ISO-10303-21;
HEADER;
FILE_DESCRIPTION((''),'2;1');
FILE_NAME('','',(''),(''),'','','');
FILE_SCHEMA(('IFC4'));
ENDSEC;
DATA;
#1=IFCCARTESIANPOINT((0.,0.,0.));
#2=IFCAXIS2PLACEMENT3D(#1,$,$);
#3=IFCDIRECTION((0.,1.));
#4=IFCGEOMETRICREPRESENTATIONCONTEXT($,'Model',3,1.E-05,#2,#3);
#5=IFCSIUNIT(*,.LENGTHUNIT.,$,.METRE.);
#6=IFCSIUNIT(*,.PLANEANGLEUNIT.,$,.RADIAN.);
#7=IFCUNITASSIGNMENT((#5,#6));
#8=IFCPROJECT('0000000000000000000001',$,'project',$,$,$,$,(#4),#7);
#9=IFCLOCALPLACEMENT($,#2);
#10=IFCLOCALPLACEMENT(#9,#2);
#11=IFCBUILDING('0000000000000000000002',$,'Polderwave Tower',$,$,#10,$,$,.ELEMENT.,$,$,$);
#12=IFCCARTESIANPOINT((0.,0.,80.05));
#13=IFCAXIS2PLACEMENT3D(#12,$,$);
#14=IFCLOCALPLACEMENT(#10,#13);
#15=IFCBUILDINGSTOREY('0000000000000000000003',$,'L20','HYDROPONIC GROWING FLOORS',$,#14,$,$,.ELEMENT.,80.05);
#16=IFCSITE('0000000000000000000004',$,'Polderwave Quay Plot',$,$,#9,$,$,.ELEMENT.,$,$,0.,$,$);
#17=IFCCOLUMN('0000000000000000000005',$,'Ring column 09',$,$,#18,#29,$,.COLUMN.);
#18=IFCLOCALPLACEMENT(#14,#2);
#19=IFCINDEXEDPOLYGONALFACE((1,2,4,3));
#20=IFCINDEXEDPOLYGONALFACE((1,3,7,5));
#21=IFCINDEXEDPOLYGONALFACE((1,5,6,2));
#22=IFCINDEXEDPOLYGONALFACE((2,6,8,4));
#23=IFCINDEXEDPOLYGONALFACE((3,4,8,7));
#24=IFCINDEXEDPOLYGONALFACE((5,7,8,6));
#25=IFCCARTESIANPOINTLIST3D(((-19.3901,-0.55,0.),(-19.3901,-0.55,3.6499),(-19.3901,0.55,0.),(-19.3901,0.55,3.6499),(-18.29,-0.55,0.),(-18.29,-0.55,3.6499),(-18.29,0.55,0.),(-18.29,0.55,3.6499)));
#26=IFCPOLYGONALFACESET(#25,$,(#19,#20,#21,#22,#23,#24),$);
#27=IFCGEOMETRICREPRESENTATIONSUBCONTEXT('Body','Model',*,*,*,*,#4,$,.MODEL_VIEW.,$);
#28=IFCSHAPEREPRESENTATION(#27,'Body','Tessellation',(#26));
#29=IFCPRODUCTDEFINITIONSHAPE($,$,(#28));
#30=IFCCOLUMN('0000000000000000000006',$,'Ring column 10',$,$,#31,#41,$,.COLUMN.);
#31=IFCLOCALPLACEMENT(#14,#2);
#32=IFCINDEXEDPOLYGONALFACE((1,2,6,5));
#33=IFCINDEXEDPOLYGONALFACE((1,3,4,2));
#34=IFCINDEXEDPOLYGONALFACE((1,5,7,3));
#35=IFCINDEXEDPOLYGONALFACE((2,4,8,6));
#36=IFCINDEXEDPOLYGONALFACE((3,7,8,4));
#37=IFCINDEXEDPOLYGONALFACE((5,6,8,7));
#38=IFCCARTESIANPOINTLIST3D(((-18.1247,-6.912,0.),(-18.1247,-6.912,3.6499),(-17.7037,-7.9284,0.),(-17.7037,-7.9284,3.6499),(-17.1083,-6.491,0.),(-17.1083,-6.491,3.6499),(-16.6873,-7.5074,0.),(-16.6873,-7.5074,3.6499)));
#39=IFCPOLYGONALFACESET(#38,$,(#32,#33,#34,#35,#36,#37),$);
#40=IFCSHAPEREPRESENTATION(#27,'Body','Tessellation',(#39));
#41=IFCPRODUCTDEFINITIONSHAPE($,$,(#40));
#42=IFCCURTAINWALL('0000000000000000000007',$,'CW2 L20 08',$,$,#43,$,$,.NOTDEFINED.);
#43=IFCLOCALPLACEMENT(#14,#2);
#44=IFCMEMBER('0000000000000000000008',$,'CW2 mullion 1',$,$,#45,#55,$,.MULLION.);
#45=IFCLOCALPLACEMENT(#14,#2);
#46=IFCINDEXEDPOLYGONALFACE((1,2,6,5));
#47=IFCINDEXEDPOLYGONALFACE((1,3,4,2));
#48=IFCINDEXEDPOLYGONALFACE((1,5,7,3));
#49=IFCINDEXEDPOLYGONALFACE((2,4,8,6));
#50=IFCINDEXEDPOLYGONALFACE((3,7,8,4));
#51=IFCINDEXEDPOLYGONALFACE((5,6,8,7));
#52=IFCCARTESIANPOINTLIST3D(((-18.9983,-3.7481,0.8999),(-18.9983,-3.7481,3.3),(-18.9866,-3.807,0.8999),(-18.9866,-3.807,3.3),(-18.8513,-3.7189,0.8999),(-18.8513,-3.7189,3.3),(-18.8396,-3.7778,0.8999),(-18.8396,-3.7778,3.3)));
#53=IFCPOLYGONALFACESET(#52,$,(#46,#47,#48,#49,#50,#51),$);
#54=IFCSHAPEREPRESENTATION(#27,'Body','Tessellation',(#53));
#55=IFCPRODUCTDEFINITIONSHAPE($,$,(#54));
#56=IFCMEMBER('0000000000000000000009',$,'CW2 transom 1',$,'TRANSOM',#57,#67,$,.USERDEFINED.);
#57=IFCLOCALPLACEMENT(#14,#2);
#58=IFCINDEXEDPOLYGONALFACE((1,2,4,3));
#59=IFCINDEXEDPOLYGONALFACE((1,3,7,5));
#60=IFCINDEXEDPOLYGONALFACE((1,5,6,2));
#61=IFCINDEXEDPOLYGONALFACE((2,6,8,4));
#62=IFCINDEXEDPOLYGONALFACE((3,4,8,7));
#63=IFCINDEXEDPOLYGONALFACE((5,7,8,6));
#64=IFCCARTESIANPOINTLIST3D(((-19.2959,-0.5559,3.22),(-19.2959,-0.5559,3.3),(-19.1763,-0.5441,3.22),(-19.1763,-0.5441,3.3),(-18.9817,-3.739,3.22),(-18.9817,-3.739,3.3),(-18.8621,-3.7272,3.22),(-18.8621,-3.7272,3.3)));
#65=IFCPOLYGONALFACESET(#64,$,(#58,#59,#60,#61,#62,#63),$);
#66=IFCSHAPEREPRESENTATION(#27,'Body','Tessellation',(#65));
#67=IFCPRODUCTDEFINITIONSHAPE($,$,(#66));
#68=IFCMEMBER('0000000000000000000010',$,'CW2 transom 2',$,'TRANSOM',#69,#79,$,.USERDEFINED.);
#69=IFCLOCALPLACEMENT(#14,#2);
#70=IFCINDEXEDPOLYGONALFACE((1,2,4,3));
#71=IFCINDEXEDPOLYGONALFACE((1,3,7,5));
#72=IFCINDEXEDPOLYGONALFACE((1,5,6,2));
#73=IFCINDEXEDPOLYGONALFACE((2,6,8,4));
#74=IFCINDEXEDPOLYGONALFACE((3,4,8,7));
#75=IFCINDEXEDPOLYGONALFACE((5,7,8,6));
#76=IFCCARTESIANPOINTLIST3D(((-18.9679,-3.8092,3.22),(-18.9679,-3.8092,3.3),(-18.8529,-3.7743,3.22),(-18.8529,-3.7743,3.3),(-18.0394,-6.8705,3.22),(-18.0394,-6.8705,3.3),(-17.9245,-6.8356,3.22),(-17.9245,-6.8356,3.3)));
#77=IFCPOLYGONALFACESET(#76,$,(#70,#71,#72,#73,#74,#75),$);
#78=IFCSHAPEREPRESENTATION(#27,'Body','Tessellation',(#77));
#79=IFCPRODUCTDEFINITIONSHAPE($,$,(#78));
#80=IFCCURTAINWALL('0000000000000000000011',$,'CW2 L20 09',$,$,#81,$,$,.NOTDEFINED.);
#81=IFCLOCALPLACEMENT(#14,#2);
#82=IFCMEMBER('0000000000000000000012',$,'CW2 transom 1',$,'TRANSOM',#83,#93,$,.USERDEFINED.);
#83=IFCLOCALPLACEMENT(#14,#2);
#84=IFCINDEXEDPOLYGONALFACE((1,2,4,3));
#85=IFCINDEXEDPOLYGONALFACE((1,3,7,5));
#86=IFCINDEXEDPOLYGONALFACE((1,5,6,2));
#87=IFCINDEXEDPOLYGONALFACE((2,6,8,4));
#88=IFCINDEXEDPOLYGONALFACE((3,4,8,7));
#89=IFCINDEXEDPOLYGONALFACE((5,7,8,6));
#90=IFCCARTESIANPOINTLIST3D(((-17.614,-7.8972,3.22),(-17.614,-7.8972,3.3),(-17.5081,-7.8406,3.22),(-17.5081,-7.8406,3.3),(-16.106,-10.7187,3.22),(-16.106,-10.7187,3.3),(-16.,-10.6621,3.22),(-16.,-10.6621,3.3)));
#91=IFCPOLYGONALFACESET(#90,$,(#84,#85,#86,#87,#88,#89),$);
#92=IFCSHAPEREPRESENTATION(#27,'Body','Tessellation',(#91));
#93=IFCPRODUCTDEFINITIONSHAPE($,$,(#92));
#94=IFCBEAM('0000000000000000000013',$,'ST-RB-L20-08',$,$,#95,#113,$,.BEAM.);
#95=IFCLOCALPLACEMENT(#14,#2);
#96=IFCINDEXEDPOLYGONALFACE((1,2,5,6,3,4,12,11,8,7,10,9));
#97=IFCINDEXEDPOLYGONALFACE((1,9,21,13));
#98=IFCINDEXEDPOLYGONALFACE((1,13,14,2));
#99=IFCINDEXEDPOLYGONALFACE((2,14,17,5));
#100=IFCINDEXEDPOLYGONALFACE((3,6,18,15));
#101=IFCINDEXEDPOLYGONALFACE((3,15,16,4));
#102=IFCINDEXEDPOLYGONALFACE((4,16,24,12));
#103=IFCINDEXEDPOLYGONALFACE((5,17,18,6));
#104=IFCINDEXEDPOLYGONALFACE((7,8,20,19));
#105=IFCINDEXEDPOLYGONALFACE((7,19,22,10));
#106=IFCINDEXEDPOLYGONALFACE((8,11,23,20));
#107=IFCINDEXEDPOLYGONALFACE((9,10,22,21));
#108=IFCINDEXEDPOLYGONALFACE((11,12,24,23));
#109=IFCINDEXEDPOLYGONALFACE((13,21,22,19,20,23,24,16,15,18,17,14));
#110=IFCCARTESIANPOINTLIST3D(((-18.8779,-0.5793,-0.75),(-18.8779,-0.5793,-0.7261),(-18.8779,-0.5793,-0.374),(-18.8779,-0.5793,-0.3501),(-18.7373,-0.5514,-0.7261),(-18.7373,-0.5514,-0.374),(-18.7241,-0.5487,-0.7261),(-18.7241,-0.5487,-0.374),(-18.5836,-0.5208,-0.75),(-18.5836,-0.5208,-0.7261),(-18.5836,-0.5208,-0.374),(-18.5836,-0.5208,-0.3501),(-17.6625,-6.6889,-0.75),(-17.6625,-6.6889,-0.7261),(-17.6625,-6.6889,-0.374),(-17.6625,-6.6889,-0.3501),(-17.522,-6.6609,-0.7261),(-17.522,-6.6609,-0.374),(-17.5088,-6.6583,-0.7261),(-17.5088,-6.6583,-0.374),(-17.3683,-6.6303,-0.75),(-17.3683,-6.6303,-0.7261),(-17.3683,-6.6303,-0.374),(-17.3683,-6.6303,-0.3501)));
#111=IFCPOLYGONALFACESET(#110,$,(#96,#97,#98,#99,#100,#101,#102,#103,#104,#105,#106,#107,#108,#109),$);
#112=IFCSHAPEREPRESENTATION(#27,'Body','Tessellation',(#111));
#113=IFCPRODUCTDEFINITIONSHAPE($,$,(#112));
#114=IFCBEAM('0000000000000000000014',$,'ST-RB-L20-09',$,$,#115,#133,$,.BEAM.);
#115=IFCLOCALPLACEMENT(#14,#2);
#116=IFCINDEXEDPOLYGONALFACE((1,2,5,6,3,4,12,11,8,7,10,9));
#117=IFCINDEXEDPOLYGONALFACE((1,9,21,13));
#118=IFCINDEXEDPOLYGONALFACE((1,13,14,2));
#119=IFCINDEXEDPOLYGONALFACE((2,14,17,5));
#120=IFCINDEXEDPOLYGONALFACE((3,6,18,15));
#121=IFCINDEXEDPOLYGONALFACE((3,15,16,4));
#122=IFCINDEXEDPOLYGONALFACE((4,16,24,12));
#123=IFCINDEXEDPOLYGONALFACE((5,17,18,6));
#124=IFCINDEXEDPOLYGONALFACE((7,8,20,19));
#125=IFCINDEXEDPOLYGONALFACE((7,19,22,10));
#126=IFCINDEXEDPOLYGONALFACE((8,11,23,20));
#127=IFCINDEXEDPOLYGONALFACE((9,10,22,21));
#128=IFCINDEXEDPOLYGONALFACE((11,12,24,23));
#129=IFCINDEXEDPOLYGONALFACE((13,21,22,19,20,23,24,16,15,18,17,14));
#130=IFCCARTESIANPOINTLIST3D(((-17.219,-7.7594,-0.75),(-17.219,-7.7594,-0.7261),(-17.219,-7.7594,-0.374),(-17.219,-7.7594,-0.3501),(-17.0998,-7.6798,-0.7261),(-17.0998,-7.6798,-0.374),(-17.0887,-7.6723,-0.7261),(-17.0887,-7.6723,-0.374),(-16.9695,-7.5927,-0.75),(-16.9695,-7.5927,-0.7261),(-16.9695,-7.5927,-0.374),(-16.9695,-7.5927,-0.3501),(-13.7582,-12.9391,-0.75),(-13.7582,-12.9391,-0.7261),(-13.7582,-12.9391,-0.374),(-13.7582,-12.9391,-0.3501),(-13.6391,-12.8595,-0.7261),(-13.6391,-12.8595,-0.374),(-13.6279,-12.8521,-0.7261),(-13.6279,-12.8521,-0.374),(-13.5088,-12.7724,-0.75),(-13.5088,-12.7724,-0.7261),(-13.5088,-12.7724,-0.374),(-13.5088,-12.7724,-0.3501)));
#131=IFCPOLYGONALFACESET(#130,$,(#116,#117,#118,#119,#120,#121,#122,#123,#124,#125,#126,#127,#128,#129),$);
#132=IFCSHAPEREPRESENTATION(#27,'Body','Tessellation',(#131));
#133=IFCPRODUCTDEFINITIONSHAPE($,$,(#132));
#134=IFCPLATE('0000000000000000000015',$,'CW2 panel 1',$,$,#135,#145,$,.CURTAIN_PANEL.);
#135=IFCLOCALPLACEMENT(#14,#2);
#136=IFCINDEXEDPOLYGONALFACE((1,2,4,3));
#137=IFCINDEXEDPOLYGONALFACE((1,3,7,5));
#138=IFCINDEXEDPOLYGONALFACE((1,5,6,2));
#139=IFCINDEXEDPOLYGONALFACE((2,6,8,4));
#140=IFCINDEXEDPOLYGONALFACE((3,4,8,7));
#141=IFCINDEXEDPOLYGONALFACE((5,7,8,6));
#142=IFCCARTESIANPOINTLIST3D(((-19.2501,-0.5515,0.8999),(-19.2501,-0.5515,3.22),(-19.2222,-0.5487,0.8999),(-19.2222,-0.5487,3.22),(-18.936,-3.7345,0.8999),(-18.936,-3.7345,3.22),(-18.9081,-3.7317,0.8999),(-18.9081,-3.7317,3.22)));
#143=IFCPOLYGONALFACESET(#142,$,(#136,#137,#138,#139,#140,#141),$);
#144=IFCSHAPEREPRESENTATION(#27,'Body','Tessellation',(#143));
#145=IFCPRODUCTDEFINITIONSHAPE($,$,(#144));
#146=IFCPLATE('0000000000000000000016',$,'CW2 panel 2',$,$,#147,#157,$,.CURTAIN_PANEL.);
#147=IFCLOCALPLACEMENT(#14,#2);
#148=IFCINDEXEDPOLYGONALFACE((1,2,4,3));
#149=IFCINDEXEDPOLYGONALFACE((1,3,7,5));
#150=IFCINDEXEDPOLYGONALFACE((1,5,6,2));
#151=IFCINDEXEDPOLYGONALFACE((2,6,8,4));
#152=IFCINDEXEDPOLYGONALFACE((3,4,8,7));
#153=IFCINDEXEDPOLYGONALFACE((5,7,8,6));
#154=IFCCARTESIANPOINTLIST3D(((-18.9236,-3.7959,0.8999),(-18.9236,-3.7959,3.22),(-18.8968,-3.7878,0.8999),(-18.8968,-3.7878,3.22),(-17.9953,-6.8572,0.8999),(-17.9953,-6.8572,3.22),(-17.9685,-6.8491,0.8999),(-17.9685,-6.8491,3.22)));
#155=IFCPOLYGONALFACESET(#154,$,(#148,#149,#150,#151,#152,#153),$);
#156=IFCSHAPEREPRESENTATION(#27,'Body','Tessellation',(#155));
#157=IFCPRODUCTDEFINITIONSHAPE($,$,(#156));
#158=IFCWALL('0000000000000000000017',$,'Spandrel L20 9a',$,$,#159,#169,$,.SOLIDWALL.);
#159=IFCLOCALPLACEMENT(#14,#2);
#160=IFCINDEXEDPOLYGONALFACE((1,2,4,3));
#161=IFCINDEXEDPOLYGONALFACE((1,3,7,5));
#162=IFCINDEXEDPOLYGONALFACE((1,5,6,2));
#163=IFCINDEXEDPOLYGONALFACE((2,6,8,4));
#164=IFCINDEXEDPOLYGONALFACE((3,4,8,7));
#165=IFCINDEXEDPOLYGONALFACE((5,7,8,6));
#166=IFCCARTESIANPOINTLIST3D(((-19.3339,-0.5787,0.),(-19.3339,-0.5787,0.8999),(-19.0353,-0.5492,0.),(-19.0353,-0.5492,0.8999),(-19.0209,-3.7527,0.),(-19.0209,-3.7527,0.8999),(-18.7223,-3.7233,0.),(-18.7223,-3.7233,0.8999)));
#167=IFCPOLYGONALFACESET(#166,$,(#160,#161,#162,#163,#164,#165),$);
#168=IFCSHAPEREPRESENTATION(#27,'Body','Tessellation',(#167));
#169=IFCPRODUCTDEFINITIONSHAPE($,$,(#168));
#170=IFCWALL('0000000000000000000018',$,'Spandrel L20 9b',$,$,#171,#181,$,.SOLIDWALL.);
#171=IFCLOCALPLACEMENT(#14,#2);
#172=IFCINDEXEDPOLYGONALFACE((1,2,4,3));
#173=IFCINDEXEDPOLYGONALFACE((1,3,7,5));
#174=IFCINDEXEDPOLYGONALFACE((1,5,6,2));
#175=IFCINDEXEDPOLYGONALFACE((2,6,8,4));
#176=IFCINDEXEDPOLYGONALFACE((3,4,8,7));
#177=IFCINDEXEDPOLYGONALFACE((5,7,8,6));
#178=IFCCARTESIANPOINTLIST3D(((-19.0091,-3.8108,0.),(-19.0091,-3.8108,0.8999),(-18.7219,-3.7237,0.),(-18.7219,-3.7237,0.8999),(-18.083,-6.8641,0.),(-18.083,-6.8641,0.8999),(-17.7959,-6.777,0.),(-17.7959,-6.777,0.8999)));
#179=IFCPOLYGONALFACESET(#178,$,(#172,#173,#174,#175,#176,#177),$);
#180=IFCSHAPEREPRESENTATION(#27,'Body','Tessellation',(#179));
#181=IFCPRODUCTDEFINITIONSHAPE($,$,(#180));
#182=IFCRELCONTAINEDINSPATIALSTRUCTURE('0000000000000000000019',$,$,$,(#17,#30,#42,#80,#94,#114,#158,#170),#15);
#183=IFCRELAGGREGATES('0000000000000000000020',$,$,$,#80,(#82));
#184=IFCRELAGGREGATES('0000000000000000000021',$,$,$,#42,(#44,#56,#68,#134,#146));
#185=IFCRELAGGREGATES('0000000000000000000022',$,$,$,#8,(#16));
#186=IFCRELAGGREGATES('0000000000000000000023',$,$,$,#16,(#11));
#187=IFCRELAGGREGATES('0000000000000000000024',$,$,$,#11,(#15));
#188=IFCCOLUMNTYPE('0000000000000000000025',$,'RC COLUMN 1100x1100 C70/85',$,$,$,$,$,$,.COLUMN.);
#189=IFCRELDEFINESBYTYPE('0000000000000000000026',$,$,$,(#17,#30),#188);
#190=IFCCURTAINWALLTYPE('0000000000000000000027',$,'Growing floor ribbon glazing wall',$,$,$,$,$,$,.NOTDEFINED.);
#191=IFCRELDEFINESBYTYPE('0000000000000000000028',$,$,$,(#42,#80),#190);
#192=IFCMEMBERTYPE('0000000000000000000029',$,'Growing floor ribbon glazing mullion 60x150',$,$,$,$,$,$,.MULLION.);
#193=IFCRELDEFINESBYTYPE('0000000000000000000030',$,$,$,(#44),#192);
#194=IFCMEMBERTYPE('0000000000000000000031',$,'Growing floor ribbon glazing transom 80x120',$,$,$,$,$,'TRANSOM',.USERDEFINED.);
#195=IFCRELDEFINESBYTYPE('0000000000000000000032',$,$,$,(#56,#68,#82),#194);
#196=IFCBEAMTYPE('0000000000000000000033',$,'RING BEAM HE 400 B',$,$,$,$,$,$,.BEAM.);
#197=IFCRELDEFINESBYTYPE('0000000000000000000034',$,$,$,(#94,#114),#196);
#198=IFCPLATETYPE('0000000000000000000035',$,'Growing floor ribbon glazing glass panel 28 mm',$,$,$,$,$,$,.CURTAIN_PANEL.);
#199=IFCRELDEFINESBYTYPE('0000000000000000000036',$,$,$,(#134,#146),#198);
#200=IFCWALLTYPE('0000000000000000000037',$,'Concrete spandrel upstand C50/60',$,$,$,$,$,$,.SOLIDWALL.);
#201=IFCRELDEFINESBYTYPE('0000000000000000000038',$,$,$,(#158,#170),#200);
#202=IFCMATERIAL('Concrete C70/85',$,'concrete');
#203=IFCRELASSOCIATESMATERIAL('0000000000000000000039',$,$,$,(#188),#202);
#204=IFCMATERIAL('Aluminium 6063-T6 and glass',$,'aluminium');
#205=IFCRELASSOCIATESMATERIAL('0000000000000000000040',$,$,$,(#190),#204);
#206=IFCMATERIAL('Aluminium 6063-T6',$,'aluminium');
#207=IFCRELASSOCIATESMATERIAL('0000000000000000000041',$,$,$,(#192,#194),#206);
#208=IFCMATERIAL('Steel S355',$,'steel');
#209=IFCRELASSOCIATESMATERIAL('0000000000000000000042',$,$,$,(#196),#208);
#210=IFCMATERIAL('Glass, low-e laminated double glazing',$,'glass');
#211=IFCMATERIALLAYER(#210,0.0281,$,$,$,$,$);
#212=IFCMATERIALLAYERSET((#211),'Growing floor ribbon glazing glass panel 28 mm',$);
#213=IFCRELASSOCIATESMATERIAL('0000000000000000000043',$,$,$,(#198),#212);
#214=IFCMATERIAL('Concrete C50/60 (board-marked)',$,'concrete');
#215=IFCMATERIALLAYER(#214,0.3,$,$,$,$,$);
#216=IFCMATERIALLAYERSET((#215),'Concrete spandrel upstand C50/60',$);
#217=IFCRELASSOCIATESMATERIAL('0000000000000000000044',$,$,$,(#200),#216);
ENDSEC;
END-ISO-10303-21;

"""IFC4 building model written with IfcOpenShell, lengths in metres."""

from ifc_helpers import new_model, si_unit, direction, frame, frame_2d, origin, origin_2d, place, context, subcontext, project, spatial, rectangle, i_section, extrude, material, layer, layer_set, material_profile, profile_set, type_object, element, aggregate, save


model = new_model("IFC4")

# Units and contexts
model_context = context("Model", 3, precision=1e-05, world=origin(), true_north=direction((0.0, 1.0)))
body_context = subcontext(model_context, "Body", "Model", "MODEL_VIEW")
ifc_project = project(units=[si_unit("LENGTHUNIT", "METRE"), si_unit("PLANEANGLEUNIT", "RADIAN")], contexts=[model_context])

# Site, building, storey
site_placement = place(None, origin())
site = spatial("IfcSite", under=ifc_project, at=site_placement, Name="Polderwave Quay Plot", CompositionType="ELEMENT", RefElevation=0.0)
building_placement = place(site_placement, origin())
building = spatial("IfcBuilding", under=site, at=building_placement, Name="Polderwave Tower", CompositionType="ELEMENT")
storey_placement = place(building_placement, frame((0.0, 0.0, 80.05)))
storey = spatial("IfcBuildingStorey", under=building, at=storey_placement, Name="L20", Description="HYDROPONIC GROWING FLOORS", CompositionType="ELEMENT", Elevation=80.05)

# Columns
ifc_material_1 = material(Name="Concrete C70/85", Category="concrete")
ifc_material_profile_1 = material_profile(ifc_material_1, rectangle(XDim=1.1001, YDim=1.1001, at=origin_2d()), Name="RC 1100x1100")
ifc_profile_set_1 = profile_set([ifc_material_profile_1], Name="Concrete C70/85")
column_type = type_object("IfcColumnType", Name="RC COLUMN 1100x1100 C70/85", PredefinedType="COLUMN", material=ifc_profile_set_1)
for number, where, z_axis, x_axis, name in (
    (1, (-18.8401, 0.0, 0.0), (0.0, 0.0, 1.0), (-1.0, 0.0, 0.0), "Ring column 09"),
    (2, (-17.406, -7.2097, 0.0), (0.0, 0.0, 1.0), (-0.92388, -0.382683, 0.0), "Ring column 10"),
):
    element("IfcColumn", number, at=place(storey_placement, frame(where, z_axis=z_axis, x_axis=x_axis)), inside=storey, type_object=column_type, Name=name, PredefinedType="COLUMN", context=body_context, shape_type="SweptSolid", body=[
        extrude(rectangle(XDim=1.1001, YDim=1.1001, at=origin_2d()), origin(), (0.0, 0.0, 1.0), 3.6499),
    ])

# Curtain wall, members
ifc_material_2 = material(Name="Aluminium 6063-T6 and glass", Category="aluminium")
curtain_wall_type = type_object("IfcCurtainWallType", Name="Growing floor ribbon glazing wall", PredefinedType="NOTDEFINED", material=ifc_material_2)
curtain_wall_1_placement = place(storey_placement, origin())
curtain_wall_1 = element("IfcCurtainWall", 3, at=curtain_wall_1_placement, inside=storey, type_object=curtain_wall_type, Name="CW2 L20 08", PredefinedType="NOTDEFINED")
ifc_material_3 = material(Name="Aluminium 6063-T6", Category="aluminium")
ifc_material_profile_2 = material_profile(ifc_material_3, rectangle(XDim=0.1499, YDim=0.0601, at=origin_2d()), Name="AL 60x150")
ifc_profile_set_2 = profile_set([ifc_material_profile_2], Name="Aluminium 6063-T6")
member_type_1 = type_object("IfcMemberType", Name="Growing floor ribbon glazing mullion 60x150", PredefinedType="MULLION", material=ifc_profile_set_2)
member_1_placement = place(storey_placement, frame((-18.9189, -3.7629, 0.8999), z_axis=(0.0, 0.0, 1.0), x_axis=(0.980779, 0.195123, 0.0)))
member_1 = element("IfcMember", 4, at=member_1_placement, type_object=member_type_1, Name="CW2 mullion 1", PredefinedType="MULLION", context=body_context, shape_type="SweptSolid", body=[
    extrude(rectangle(XDim=0.1499, YDim=0.0601, at=origin_2d()), origin(), (0.0, 0.0, 1.0), 2.4001),
])
ifc_material_profile_3 = material_profile(ifc_material_3, rectangle(XDim=0.1201, YDim=0.0801, at=origin_2d()), Name="AL 80x120")
ifc_profile_set_3 = profile_set([ifc_material_profile_3], Name="Aluminium 6063-T6")
member_type_2 = type_object("IfcMemberType", Name="Growing floor ribbon glazing transom 80x120", ElementType="TRANSOM", PredefinedType="USERDEFINED", material=ifc_profile_set_3)
member_2_placement = place(storey_placement, frame((-19.2361, -0.55, 3.26), z_axis=(0.098234, -0.995163, 0.0), x_axis=(0.995163, 0.098234, 0.0)))
member_2 = element("IfcMember", 5, at=member_2_placement, type_object=member_type_2, Name="CW2 transom 1", ObjectType="TRANSOM", PredefinedType="USERDEFINED", context=body_context, shape_type="SweptSolid", body=[
    extrude(rectangle(XDim=0.1201, YDim=0.0801, at=origin_2d()), origin(), (0.0, 0.0, 1.0), 3.1985),
])
member_3_placement = place(storey_placement, frame((-18.9104, -3.7917, 3.26), z_axis=(0.290238, -0.956954, 0.0), x_axis=(0.956954, 0.290238, 0.0)))
member_3 = element("IfcMember", 6, at=member_3_placement, type_object=member_type_2, Name="CW2 transom 2", ObjectType="TRANSOM", PredefinedType="USERDEFINED", context=body_context, shape_type="SweptSolid", body=[
    extrude(rectangle(XDim=0.1201, YDim=0.0801, at=origin_2d()), origin(), (0.0, 0.0, 1.0), 3.199),
])

# Curtain wall, member
curtain_wall_2_placement = place(storey_placement, origin())
curtain_wall_2 = element("IfcCurtainWall", 7, at=curtain_wall_2_placement, inside=storey, type_object=curtain_wall_type, Name="CW2 L20 09", PredefinedType="NOTDEFINED")
member_4_placement = place(storey_placement, frame((-17.561, -7.8689, 3.26), z_axis=(0.471376, -0.881932, 0.0), x_axis=(0.881932, 0.471376, 0.0)))
member_4 = element("IfcMember", 8, at=member_4_placement, type_object=member_type_2, Name="CW2 transom 1", ObjectType="TRANSOM", PredefinedType="USERDEFINED", context=body_context, shape_type="SweptSolid", body=[
    extrude(rectangle(XDim=0.1201, YDim=0.0801, at=origin_2d()), origin(), (0.0, 0.0, 1.0), 3.1992),
])
aggregate(curtain_wall_2, [member_4])

# Beams
ifc_material_4 = material(Name="Steel S355", Category="steel")
ifc_material_profile_4 = material_profile(ifc_material_4, i_section(OverallWidth=0.3, OverallDepth=0.3999, WebThickness=0.0134, FlangeThickness=0.0239, at=origin_2d()), Name="HE 400 B")
ifc_profile_set_4 = profile_set([ifc_material_profile_4], Name="Steel S355")
beam_type = type_object("IfcBeamType", Name="RING BEAM HE 400 B", PredefinedType="BEAM", material=ifc_profile_set_4)
beam_1_placement = place(storey_placement, frame((-18.7307, -0.55, -0.55), z_axis=(0.195099, -0.980784, 0.0), x_axis=(0.980784, 0.195099, 0.0)))
element("IfcBeam", 9, at=beam_1_placement, inside=storey, type_object=beam_type, Name="ST-RB-L20-08", PredefinedType="BEAM", context=body_context, shape_type="SweptSolid", body=[
    extrude(i_section(OverallWidth=0.3, OverallDepth=0.3999, WebThickness=0.0134, FlangeThickness=0.0239, at=origin_2d()), origin(), (0.0, 0.0, 1.0), 6.2292),
])
beam_2_placement = place(storey_placement, frame((-17.0942, -7.676, -0.55), z_axis=(0.555541, -0.831489, 0.0), x_axis=(0.831489, 0.555541, 0.0)))
element("IfcBeam", 10, at=beam_2_placement, inside=storey, type_object=beam_type, Name="ST-RB-L20-09", PredefinedType="BEAM", context=body_context, shape_type="SweptSolid", body=[
    extrude(i_section(OverallWidth=0.3, OverallDepth=0.3999, WebThickness=0.0134, FlangeThickness=0.0239, at=origin_2d()), origin(), (0.0, 0.0, 1.0), 6.2295),
])

# Plates
ifc_material_5 = material(Name="Glass, low-e laminated double glazing", Category="glass")
ifc_layer_1 = layer(ifc_material_5, 0.0281)
ifc_layer_set_1 = layer_set([ifc_layer_1], Name="Growing floor ribbon glazing glass panel 28 mm")
plate_type = type_object("IfcPlateType", Name="Growing floor ribbon glazing glass panel 28 mm", PredefinedType="CURTAIN_PANEL", material=ifc_layer_set_1)
plate_1_placement = place(storey_placement, frame((-19.0791, -2.1416, 0.8999), z_axis=(0.0, 0.0, 1.0), x_axis=(0.098186, -0.995168, 0.0)))
plate_1 = element("IfcPlate", 11, at=plate_1_placement, type_object=plate_type, Name="CW2 panel 1", PredefinedType="CURTAIN_PANEL", context=body_context, shape_type="SweptSolid", body=[
    extrude(rectangle(XDim=3.1985, YDim=0.0281, at=origin_2d()), origin(), (0.0, 0.0, 1.0), 2.3201),
])
plate_2_placement = place(storey_placement, frame((-18.446, -5.3225, 0.8999), z_axis=(0.0, 0.0, 1.0), x_axis=(0.290188, -0.95697, 0.0)))
plate_2 = element("IfcPlate", 12, at=plate_2_placement, type_object=plate_type, Name="CW2 panel 2", PredefinedType="CURTAIN_PANEL", context=body_context, shape_type="SweptSolid", body=[
    extrude(rectangle(XDim=3.199, YDim=0.0281, at=origin_2d()), origin(), (0.0, 0.0, 1.0), 2.3201),
])
aggregate(curtain_wall_1, [member_1, member_2, member_3, plate_1, plate_2])

# Walls
ifc_material_6 = material(Name="Concrete C50/60 (board-marked)", Category="concrete")
ifc_layer_2 = layer(ifc_material_6, 0.3)
ifc_layer_set_2 = layer_set([ifc_layer_2], Name="Concrete spandrel upstand C50/60")
wall_type_1 = type_object("IfcWallType", Name="Concrete spandrel upstand C50/60", PredefinedType="SOLIDWALL", material=ifc_layer_set_2)
wall_1_placement = place(storey_placement, frame((-19.1846, -0.564, 0.0), z_axis=(0.0, 0.0, 1.0), x_axis=(0.098132, -0.995173, 0.0)))
element("IfcWall", 13, at=wall_1_placement, inside=storey, type_object=wall_type_1, Name="Spandrel L20 9a", PredefinedType="SOLIDWALL", context=body_context, shape_type="SweptSolid", body=[
    extrude(rectangle(XDim=3.1895, YDim=0.3, at=frame_2d((1.5947, 0.0))), origin(), (0.0, 0.0, 1.0), 0.8999),
])
wall_2_placement = place(storey_placement, frame((-18.8655, -3.7673, 0.0), z_axis=(0.0, 0.0, 1.0), x_axis=(0.290239, -0.956954, 0.0)))
element("IfcWall", 14, at=wall_2_placement, inside=storey, type_object=wall_type_1, Name="Spandrel L20 9b", PredefinedType="SOLIDWALL", context=body_context, shape_type="SweptSolid", body=[
    extrude(rectangle(XDim=3.1907, YDim=0.3, at=frame_2d((1.5952, 0.0))), origin(), (0.0, 0.0, 1.0), 0.8999),
])

save(model, "model.ifc")
